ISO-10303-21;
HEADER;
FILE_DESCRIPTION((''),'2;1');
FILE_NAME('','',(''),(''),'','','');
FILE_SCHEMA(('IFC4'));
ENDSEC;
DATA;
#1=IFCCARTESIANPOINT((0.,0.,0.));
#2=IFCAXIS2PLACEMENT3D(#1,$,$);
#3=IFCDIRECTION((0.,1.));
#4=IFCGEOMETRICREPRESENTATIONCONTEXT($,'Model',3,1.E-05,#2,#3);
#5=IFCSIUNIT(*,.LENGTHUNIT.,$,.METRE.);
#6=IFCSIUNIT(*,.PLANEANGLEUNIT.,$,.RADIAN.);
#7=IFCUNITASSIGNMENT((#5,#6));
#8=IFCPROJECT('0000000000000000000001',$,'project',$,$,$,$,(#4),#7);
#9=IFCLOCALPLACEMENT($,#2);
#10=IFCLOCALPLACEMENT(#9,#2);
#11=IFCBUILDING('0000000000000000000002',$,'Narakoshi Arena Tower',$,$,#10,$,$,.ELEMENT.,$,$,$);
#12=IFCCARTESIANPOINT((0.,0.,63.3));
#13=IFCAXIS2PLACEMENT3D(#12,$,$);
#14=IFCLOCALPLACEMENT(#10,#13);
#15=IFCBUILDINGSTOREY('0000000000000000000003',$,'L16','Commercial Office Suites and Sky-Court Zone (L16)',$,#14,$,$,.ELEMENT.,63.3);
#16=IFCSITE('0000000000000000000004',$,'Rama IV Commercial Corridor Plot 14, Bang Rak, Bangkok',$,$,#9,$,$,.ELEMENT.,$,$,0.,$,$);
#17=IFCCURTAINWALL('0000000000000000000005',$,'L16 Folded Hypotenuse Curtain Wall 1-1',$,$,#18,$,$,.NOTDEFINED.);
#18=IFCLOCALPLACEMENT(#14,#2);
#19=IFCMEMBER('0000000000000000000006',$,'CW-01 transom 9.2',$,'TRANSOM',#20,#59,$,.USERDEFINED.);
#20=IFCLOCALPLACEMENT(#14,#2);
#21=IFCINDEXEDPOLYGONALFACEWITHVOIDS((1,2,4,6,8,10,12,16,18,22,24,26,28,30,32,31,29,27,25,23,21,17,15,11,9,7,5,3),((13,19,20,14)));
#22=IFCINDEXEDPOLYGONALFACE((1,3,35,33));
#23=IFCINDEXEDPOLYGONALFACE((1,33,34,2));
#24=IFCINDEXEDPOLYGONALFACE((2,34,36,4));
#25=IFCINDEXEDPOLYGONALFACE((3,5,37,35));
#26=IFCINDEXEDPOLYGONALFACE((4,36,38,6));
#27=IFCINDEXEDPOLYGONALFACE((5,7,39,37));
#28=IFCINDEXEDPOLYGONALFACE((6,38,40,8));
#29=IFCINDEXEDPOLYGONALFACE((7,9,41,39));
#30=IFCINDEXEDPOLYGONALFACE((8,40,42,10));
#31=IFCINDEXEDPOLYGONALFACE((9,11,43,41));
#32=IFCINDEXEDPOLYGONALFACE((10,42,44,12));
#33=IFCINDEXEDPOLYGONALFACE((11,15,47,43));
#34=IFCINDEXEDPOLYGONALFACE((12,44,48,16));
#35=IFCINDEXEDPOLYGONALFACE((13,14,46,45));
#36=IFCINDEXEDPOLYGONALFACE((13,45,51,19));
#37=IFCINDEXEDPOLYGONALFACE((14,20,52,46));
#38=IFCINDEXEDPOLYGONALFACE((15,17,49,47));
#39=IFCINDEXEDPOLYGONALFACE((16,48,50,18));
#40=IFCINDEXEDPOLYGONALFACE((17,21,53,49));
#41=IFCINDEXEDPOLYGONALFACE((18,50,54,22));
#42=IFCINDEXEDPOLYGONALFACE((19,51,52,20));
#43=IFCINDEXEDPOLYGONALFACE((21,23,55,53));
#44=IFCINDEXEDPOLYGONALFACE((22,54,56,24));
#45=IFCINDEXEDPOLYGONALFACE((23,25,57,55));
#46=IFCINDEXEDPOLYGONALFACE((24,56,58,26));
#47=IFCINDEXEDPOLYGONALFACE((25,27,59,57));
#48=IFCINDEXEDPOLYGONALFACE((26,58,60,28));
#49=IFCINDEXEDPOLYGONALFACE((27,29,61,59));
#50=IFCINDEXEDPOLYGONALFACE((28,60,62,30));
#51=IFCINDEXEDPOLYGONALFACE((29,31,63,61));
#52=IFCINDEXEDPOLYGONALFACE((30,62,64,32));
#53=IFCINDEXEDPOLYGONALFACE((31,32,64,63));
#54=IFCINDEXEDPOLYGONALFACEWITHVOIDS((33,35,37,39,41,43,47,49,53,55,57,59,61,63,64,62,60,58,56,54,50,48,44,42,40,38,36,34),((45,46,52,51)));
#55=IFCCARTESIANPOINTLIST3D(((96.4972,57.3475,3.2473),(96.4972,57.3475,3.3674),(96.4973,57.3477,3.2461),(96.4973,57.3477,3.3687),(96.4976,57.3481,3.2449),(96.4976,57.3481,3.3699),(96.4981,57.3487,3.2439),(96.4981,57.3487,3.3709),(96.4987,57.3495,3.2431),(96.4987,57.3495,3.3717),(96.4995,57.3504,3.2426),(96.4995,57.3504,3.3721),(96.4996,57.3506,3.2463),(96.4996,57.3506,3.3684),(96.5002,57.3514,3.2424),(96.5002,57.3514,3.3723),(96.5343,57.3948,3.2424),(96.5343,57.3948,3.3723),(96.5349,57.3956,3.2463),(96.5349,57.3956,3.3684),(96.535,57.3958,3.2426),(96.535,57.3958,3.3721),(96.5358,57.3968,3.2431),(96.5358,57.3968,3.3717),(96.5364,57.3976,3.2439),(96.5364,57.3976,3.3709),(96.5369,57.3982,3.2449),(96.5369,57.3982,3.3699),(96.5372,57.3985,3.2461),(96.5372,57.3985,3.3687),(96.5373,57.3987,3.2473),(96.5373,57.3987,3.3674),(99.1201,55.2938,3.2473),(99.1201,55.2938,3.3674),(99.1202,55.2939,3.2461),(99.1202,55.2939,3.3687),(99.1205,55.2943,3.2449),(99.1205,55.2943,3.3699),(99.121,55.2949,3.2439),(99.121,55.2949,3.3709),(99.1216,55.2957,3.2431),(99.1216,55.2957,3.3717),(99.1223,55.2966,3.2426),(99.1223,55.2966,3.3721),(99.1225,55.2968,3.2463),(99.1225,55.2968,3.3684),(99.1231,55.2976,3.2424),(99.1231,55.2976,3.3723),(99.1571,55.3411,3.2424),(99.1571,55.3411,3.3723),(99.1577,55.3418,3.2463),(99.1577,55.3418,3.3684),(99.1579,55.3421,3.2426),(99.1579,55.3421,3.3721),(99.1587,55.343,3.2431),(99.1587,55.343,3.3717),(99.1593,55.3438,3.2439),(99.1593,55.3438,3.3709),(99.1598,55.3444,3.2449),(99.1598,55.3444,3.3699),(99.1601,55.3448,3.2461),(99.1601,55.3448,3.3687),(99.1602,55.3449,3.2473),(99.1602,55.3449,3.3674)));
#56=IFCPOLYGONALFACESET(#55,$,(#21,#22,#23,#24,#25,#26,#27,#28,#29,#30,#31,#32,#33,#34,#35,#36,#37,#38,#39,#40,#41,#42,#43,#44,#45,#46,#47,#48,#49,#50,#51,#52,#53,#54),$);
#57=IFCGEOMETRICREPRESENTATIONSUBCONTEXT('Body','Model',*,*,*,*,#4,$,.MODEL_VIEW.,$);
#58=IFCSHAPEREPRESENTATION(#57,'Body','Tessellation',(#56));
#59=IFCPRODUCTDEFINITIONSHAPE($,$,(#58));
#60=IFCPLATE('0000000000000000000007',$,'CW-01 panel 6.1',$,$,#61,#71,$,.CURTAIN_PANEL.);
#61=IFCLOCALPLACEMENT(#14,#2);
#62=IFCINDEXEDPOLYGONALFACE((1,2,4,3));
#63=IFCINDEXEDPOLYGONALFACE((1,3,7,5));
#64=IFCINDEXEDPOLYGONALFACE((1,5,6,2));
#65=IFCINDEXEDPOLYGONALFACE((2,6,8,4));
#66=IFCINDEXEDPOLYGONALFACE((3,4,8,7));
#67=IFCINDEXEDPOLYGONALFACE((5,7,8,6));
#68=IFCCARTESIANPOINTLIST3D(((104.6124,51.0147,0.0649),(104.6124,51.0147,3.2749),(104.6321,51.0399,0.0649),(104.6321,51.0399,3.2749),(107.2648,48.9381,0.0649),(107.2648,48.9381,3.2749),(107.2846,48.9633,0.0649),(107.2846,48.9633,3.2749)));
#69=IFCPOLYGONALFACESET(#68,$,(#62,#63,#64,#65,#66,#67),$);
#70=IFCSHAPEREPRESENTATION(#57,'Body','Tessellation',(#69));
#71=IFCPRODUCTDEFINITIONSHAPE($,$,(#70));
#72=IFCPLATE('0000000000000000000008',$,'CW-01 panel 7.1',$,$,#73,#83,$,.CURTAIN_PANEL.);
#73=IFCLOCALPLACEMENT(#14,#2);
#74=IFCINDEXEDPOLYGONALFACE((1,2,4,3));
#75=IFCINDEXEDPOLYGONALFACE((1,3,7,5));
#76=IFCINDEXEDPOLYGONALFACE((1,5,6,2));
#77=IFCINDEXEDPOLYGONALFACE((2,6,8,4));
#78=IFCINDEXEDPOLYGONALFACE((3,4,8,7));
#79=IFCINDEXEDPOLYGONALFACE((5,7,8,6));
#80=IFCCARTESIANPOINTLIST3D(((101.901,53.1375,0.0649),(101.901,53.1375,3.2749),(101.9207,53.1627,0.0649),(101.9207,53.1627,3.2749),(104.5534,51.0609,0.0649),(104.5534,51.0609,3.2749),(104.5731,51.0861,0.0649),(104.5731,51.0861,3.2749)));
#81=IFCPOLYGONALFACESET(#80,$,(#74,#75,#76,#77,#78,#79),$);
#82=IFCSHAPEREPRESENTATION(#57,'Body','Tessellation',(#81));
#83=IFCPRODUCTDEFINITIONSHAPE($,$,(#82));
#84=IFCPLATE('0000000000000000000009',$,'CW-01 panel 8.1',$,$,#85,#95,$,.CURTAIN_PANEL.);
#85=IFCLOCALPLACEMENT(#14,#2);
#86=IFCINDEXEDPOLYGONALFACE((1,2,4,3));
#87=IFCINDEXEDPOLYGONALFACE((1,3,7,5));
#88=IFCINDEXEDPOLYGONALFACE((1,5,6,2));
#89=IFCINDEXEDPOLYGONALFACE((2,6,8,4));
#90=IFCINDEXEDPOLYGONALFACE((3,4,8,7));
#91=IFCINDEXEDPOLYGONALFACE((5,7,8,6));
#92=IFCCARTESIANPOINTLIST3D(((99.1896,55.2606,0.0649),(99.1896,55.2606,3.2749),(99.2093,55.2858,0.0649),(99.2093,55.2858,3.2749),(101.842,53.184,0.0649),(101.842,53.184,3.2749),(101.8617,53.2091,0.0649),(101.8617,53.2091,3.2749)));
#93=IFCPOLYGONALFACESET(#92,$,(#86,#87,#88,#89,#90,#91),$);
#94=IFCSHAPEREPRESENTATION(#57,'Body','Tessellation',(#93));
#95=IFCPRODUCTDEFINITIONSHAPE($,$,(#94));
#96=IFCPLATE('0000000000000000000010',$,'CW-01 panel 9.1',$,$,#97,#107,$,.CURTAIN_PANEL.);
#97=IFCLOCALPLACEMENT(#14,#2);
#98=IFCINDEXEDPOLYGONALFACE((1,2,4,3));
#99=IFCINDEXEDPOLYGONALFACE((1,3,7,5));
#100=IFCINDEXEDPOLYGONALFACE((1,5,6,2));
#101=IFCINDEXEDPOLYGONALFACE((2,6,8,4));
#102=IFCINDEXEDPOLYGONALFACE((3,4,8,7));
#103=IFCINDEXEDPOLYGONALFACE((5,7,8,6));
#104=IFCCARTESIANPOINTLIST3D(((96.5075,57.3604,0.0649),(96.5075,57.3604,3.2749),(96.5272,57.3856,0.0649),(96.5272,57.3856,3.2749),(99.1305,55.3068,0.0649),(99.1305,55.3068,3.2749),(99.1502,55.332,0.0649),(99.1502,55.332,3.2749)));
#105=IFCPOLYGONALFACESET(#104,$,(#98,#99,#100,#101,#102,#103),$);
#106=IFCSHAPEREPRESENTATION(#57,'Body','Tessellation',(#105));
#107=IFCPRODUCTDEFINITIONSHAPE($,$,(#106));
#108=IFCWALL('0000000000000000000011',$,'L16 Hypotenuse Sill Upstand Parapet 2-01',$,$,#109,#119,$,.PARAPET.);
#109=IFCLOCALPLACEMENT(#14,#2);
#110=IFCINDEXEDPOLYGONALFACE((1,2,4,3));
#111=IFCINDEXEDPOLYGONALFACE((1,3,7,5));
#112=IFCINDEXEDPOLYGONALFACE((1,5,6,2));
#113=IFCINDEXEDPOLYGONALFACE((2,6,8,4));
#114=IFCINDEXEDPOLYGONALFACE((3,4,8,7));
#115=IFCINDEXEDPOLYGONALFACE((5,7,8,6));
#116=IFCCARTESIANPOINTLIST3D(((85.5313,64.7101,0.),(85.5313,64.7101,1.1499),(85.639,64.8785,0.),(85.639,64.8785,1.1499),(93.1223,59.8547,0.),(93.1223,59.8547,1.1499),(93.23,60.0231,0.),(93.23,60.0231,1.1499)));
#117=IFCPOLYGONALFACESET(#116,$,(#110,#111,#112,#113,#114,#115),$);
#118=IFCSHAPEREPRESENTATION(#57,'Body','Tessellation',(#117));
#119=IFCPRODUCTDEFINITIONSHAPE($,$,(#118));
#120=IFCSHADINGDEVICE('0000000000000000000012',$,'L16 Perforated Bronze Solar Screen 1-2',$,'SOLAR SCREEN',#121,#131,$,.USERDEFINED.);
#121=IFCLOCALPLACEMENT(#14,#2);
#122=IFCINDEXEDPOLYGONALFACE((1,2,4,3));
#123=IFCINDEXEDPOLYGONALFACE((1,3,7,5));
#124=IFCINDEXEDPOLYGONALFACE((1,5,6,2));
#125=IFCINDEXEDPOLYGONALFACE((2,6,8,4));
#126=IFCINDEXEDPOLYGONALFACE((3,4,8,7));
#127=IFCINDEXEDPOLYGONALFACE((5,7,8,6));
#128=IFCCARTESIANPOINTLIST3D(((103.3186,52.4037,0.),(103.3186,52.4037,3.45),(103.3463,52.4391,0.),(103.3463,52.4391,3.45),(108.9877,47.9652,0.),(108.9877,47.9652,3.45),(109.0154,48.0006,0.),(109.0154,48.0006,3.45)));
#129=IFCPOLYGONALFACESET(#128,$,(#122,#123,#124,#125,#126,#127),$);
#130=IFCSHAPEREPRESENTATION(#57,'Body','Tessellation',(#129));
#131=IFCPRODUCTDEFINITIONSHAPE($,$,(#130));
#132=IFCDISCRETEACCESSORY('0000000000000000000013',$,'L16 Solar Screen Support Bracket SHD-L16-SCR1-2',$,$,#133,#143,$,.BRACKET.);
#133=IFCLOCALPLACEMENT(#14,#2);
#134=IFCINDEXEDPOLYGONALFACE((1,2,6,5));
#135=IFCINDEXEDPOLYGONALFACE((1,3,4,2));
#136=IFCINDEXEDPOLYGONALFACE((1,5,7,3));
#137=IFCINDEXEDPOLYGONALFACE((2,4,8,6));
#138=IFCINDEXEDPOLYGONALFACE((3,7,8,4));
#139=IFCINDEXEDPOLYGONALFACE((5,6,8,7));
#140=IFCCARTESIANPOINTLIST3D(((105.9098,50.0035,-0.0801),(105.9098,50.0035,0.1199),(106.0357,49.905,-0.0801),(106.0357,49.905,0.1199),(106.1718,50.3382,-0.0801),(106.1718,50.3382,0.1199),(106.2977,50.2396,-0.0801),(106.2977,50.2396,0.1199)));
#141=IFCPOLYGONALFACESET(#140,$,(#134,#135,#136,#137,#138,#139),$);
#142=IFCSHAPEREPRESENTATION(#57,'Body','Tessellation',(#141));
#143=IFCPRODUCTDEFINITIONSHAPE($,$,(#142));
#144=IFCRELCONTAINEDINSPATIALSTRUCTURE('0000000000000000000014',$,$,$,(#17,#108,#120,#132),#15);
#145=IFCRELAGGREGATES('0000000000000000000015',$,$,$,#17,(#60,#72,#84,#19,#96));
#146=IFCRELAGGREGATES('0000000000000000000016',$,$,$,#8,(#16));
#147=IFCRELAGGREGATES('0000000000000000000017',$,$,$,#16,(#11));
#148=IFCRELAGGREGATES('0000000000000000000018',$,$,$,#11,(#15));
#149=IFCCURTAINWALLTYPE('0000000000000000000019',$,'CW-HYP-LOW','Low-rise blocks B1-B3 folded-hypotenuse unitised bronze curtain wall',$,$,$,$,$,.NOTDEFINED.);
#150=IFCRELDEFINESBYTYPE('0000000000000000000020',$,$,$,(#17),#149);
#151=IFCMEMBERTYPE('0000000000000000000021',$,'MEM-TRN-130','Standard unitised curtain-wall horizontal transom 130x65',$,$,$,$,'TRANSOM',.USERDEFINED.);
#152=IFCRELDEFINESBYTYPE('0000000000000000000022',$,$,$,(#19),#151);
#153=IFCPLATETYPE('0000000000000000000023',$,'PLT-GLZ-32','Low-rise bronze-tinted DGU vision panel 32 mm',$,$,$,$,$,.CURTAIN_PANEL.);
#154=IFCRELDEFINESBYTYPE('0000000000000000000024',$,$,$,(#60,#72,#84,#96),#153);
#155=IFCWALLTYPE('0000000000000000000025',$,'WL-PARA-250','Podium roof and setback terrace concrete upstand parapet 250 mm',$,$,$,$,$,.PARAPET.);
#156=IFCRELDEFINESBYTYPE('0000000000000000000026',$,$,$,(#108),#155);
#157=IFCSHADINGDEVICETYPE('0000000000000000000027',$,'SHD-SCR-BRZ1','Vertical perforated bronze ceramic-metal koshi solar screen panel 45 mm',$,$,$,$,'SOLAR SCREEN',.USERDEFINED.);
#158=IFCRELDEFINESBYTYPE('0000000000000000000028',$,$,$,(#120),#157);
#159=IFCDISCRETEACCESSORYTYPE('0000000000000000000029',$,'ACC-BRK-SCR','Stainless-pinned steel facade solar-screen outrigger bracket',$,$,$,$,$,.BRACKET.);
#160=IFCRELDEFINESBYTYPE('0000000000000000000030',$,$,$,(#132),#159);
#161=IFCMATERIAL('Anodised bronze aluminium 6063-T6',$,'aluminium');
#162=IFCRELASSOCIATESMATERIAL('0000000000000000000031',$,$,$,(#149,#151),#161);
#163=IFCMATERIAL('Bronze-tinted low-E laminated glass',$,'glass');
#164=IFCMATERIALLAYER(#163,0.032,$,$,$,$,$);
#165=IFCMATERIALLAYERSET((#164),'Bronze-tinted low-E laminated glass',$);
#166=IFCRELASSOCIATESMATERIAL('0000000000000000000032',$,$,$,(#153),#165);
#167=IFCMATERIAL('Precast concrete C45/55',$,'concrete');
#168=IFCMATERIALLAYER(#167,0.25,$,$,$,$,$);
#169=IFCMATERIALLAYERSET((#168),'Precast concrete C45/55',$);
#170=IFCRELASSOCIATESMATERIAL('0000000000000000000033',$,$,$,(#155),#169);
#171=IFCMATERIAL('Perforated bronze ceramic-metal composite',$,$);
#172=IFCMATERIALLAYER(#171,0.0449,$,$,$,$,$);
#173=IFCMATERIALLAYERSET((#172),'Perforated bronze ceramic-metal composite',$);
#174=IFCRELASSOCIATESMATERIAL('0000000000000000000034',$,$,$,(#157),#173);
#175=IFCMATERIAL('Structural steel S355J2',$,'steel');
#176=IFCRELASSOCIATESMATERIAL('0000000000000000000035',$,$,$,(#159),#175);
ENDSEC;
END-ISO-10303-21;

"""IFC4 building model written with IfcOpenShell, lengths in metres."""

from ifc_helpers import new_model, si_unit, direction, frame, frame_2d, origin, origin_2d, place, context, subcontext, project, spatial, rectangle, hollow_rectangle, extrude, material, layer, layer_set, material_profile, profile_set, type_object, element, aggregate, save


model = new_model("IFC4")

# Units and contexts
model_context = context("Model", 3, precision=1e-05, world=origin(), true_north=direction((0.0, 1.0)))
body_context = subcontext(model_context, "Body", "Model", "MODEL_VIEW")
ifc_project = project(units=[si_unit("LENGTHUNIT", "METRE"), si_unit("PLANEANGLEUNIT", "RADIAN")], contexts=[model_context])

# Site, building, storey
site_placement = place(None, origin())
site = spatial("IfcSite", under=ifc_project, at=site_placement, Name="Rama IV Commercial Corridor Plot 14, Bang Rak, Bangkok", CompositionType="ELEMENT", RefElevation=0.0)
building_placement = place(site_placement, origin())
building = spatial("IfcBuilding", under=site, at=building_placement, Name="Narakoshi Arena Tower", CompositionType="ELEMENT")
storey_placement = place(building_placement, frame((0.0, 0.0, 63.3)))
storey = spatial("IfcBuildingStorey", under=building, at=storey_placement, Name="L16", Description="Commercial Office Suites and Sky-Court Zone (L16)", CompositionType="ELEMENT", Elevation=63.3)

# Shared definitions
ifc_material_1 = material(Name="Structural steel S355J2", Category="steel")

# Curtain wall, member, plates
ifc_material_2 = material(Name="Anodised bronze aluminium 6063-T6", Category="aluminium")
curtain_wall_type = type_object("IfcCurtainWallType", Name="CW-HYP-LOW", Description="Low-rise blocks B1-B3 folded-hypotenuse unitised bronze curtain wall", PredefinedType="NOTDEFINED", material=ifc_material_2)
curtain_wall_placement = place(storey_placement, origin())
curtain_wall = element("IfcCurtainWall", 1, at=curtain_wall_placement, inside=storey, type_object=curtain_wall_type, Name="L16 Folded Hypotenuse Curtain Wall 1-1", PredefinedType="NOTDEFINED")
ifc_material_profile_1 = material_profile(ifc_material_2, hollow_rectangle(XDim=0.0649, YDim=0.1299, WallThickness=0.0039, OuterFilletRadius=0.0049, at=origin_2d()), Name="TRN130x65x4")
ifc_profile_set_1 = profile_set([ifc_material_profile_1], Name="Anodised bronze aluminium 6063-T6")
member_type_1 = type_object("IfcMemberType", Name="MEM-TRN-130", Description="Standard unitised curtain-wall horizontal transom 130x65", ElementType="TRANSOM", PredefinedType="USERDEFINED", material=ifc_profile_set_1)
member_1_placement = place(storey_placement, frame((99.1401, 55.3193, 3.3074), z_axis=(-0.787347, 0.61651, 0.0), x_axis=(-0.61651, -0.787347, 0.0)))
member_1 = element("IfcMember", 2, at=member_1_placement, type_object=member_type_1, Name="CW-01 transom 9.2", ObjectType="TRANSOM", PredefinedType="USERDEFINED", context=body_context, shape_type="SweptSolid", body=[
    extrude(hollow_rectangle(XDim=0.0649, YDim=0.1299, WallThickness=0.0039, OuterFilletRadius=0.0049, at=origin_2d()), origin(), (0.0, 0.0, 1.0), 3.3313),
])
ifc_material_3 = material(Name="Bronze-tinted low-E laminated glass", Category="glass")
ifc_layer_1 = layer(ifc_material_3, 0.032)
ifc_layer_set_1 = layer_set([ifc_layer_1], Name="Bronze-tinted low-E laminated glass")
plate_type = type_object("IfcPlateType", Name="PLT-GLZ-32", Description="Low-rise bronze-tinted DGU vision panel 32 mm", PredefinedType="CURTAIN_PANEL", material=ifc_layer_set_1)
plate_1_placement = place(storey_placement, frame((105.9485, 49.989, 0.0649), z_axis=(0.0, 0.0, 1.0), x_axis=(-0.787388, 0.616458, 0.0)))
plate_1 = element("IfcPlate", 3, at=plate_1_placement, type_object=plate_type, Name="CW-01 panel 6.1", PredefinedType="CURTAIN_PANEL", context=body_context, shape_type="SweptSolid", body=[
    extrude(rectangle(XDim=3.3687, YDim=0.032, at=origin_2d()), origin(), (0.0, 0.0, 1.0), 3.21),
])
plate_2_placement = place(storey_placement, frame((103.2371, 52.1118, 0.0649), z_axis=(0.0, 0.0, 1.0), x_axis=(-0.787388, 0.616458, 0.0)))
plate_2 = element("IfcPlate", 4, at=plate_2_placement, type_object=plate_type, Name="CW-01 panel 7.1", PredefinedType="CURTAIN_PANEL", context=body_context, shape_type="SweptSolid", body=[
    extrude(rectangle(XDim=3.3687, YDim=0.032, at=origin_2d()), origin(), (0.0, 0.0, 1.0), 3.21),
])
plate_3_placement = place(storey_placement, frame((100.5256, 54.2349, 0.0649), z_axis=(0.0, 0.0, 1.0), x_axis=(-0.787388, 0.616458, 0.0)))
plate_3 = element("IfcPlate", 5, at=plate_3_placement, type_object=plate_type, Name="CW-01 panel 8.1", PredefinedType="CURTAIN_PANEL", context=body_context, shape_type="SweptSolid", body=[
    extrude(rectangle(XDim=3.3687, YDim=0.032, at=origin_2d()), origin(), (0.0, 0.0, 1.0), 3.21),
])
plate_4_placement = place(storey_placement, frame((97.8289, 56.3462, 0.0649), z_axis=(0.0, 0.0, 1.0), x_axis=(-0.787388, 0.616458, 0.0)))
plate_4 = element("IfcPlate", 6, at=plate_4_placement, type_object=plate_type, Name="CW-01 panel 9.1", PredefinedType="CURTAIN_PANEL", context=body_context, shape_type="SweptSolid", body=[
    extrude(rectangle(XDim=3.3313, YDim=0.032, at=origin_2d()), origin(), (0.0, 0.0, 1.0), 3.21),
])
aggregate(curtain_wall, [plate_1, plate_2, plate_3, member_1, plate_4])

# Wall
ifc_material_4 = material(Name="Precast concrete C45/55", Category="concrete")
ifc_layer_2 = layer(ifc_material_4, 0.25)
ifc_layer_set_2 = layer_set([ifc_layer_2], Name="Precast concrete C45/55")
wall_type = type_object("IfcWallType", Name="WL-PARA-250", Description="Podium roof and setback terrace concrete upstand parapet 250 mm", PredefinedType="PARAPET", material=ifc_layer_set_2)
wall_placement = place(storey_placement, frame((93.176, 59.939, 0.0), z_axis=(0.0, 0.0, 1.0), x_axis=(-0.842413, 0.538832, 0.0)))
element("IfcWall", 7, at=wall_placement, inside=storey, type_object=wall_type, Name="L16 Hypotenuse Sill Upstand Parapet 2-01", PredefinedType="PARAPET", context=body_context, shape_type="SweptSolid", body=[
    extrude(rectangle(XDim=9.011, YDim=0.2, at=frame_2d((4.5054, 0.0))), origin(), (0.0, 0.0, 1.0), 1.1499),
])

# Shading device
ifc_material_5 = material(Name="Perforated bronze ceramic-metal composite")
ifc_layer_3 = layer(ifc_material_5, 0.0449)
ifc_layer_set_3 = layer_set([ifc_layer_3], Name="Perforated bronze ceramic-metal composite")
shading_device_type = type_object("IfcShadingDeviceType", Name="SHD-SCR-BRZ1", Description="Vertical perforated bronze ceramic-metal koshi solar screen panel 45 mm", ElementType="SOLAR SCREEN", PredefinedType="USERDEFINED", material=ifc_layer_set_3)
shading_device_placement = place(storey_placement, frame((106.167, 50.2021, 0.0), z_axis=(0.0, 0.0, 1.0), x_axis=(-0.787387, 0.616459, 0.0)))
element("IfcShadingDevice", 8, at=shading_device_placement, inside=storey, type_object=shading_device_type, Name="L16 Perforated Bronze Solar Screen 1-2", ObjectType="SOLAR SCREEN", PredefinedType="USERDEFINED", context=body_context, shape_type="SweptSolid", body=[
    extrude(rectangle(XDim=7.2, YDim=0.0449, at=origin_2d()), origin(), (0.0, 0.0, 1.0), 3.45),
])

# Discrete accessory
discrete_accessory_type = type_object("IfcDiscreteAccessoryType", Name="ACC-BRK-SCR", Description="Stainless-pinned steel facade solar-screen outrigger bracket", PredefinedType="BRACKET", material=ifc_material_1)
discrete_accessory_placement = place(storey_placement, frame((106.1038, 50.1216, -0.0801), z_axis=(0.0, 0.0, 1.0), x_axis=(-0.787387, 0.616459, 0.0)))
element("IfcDiscreteAccessory", 9, at=discrete_accessory_placement, inside=storey, type_object=discrete_accessory_type, Name="L16 Solar Screen Support Bracket SHD-L16-SCR1-2", PredefinedType="BRACKET", context=body_context, shape_type="SweptSolid", body=[
    extrude(rectangle(XDim=0.1599, YDim=0.425, at=origin_2d()), origin(), (0.0, 0.0, 1.0), 0.2),
])

save(model, "model.ifc")
